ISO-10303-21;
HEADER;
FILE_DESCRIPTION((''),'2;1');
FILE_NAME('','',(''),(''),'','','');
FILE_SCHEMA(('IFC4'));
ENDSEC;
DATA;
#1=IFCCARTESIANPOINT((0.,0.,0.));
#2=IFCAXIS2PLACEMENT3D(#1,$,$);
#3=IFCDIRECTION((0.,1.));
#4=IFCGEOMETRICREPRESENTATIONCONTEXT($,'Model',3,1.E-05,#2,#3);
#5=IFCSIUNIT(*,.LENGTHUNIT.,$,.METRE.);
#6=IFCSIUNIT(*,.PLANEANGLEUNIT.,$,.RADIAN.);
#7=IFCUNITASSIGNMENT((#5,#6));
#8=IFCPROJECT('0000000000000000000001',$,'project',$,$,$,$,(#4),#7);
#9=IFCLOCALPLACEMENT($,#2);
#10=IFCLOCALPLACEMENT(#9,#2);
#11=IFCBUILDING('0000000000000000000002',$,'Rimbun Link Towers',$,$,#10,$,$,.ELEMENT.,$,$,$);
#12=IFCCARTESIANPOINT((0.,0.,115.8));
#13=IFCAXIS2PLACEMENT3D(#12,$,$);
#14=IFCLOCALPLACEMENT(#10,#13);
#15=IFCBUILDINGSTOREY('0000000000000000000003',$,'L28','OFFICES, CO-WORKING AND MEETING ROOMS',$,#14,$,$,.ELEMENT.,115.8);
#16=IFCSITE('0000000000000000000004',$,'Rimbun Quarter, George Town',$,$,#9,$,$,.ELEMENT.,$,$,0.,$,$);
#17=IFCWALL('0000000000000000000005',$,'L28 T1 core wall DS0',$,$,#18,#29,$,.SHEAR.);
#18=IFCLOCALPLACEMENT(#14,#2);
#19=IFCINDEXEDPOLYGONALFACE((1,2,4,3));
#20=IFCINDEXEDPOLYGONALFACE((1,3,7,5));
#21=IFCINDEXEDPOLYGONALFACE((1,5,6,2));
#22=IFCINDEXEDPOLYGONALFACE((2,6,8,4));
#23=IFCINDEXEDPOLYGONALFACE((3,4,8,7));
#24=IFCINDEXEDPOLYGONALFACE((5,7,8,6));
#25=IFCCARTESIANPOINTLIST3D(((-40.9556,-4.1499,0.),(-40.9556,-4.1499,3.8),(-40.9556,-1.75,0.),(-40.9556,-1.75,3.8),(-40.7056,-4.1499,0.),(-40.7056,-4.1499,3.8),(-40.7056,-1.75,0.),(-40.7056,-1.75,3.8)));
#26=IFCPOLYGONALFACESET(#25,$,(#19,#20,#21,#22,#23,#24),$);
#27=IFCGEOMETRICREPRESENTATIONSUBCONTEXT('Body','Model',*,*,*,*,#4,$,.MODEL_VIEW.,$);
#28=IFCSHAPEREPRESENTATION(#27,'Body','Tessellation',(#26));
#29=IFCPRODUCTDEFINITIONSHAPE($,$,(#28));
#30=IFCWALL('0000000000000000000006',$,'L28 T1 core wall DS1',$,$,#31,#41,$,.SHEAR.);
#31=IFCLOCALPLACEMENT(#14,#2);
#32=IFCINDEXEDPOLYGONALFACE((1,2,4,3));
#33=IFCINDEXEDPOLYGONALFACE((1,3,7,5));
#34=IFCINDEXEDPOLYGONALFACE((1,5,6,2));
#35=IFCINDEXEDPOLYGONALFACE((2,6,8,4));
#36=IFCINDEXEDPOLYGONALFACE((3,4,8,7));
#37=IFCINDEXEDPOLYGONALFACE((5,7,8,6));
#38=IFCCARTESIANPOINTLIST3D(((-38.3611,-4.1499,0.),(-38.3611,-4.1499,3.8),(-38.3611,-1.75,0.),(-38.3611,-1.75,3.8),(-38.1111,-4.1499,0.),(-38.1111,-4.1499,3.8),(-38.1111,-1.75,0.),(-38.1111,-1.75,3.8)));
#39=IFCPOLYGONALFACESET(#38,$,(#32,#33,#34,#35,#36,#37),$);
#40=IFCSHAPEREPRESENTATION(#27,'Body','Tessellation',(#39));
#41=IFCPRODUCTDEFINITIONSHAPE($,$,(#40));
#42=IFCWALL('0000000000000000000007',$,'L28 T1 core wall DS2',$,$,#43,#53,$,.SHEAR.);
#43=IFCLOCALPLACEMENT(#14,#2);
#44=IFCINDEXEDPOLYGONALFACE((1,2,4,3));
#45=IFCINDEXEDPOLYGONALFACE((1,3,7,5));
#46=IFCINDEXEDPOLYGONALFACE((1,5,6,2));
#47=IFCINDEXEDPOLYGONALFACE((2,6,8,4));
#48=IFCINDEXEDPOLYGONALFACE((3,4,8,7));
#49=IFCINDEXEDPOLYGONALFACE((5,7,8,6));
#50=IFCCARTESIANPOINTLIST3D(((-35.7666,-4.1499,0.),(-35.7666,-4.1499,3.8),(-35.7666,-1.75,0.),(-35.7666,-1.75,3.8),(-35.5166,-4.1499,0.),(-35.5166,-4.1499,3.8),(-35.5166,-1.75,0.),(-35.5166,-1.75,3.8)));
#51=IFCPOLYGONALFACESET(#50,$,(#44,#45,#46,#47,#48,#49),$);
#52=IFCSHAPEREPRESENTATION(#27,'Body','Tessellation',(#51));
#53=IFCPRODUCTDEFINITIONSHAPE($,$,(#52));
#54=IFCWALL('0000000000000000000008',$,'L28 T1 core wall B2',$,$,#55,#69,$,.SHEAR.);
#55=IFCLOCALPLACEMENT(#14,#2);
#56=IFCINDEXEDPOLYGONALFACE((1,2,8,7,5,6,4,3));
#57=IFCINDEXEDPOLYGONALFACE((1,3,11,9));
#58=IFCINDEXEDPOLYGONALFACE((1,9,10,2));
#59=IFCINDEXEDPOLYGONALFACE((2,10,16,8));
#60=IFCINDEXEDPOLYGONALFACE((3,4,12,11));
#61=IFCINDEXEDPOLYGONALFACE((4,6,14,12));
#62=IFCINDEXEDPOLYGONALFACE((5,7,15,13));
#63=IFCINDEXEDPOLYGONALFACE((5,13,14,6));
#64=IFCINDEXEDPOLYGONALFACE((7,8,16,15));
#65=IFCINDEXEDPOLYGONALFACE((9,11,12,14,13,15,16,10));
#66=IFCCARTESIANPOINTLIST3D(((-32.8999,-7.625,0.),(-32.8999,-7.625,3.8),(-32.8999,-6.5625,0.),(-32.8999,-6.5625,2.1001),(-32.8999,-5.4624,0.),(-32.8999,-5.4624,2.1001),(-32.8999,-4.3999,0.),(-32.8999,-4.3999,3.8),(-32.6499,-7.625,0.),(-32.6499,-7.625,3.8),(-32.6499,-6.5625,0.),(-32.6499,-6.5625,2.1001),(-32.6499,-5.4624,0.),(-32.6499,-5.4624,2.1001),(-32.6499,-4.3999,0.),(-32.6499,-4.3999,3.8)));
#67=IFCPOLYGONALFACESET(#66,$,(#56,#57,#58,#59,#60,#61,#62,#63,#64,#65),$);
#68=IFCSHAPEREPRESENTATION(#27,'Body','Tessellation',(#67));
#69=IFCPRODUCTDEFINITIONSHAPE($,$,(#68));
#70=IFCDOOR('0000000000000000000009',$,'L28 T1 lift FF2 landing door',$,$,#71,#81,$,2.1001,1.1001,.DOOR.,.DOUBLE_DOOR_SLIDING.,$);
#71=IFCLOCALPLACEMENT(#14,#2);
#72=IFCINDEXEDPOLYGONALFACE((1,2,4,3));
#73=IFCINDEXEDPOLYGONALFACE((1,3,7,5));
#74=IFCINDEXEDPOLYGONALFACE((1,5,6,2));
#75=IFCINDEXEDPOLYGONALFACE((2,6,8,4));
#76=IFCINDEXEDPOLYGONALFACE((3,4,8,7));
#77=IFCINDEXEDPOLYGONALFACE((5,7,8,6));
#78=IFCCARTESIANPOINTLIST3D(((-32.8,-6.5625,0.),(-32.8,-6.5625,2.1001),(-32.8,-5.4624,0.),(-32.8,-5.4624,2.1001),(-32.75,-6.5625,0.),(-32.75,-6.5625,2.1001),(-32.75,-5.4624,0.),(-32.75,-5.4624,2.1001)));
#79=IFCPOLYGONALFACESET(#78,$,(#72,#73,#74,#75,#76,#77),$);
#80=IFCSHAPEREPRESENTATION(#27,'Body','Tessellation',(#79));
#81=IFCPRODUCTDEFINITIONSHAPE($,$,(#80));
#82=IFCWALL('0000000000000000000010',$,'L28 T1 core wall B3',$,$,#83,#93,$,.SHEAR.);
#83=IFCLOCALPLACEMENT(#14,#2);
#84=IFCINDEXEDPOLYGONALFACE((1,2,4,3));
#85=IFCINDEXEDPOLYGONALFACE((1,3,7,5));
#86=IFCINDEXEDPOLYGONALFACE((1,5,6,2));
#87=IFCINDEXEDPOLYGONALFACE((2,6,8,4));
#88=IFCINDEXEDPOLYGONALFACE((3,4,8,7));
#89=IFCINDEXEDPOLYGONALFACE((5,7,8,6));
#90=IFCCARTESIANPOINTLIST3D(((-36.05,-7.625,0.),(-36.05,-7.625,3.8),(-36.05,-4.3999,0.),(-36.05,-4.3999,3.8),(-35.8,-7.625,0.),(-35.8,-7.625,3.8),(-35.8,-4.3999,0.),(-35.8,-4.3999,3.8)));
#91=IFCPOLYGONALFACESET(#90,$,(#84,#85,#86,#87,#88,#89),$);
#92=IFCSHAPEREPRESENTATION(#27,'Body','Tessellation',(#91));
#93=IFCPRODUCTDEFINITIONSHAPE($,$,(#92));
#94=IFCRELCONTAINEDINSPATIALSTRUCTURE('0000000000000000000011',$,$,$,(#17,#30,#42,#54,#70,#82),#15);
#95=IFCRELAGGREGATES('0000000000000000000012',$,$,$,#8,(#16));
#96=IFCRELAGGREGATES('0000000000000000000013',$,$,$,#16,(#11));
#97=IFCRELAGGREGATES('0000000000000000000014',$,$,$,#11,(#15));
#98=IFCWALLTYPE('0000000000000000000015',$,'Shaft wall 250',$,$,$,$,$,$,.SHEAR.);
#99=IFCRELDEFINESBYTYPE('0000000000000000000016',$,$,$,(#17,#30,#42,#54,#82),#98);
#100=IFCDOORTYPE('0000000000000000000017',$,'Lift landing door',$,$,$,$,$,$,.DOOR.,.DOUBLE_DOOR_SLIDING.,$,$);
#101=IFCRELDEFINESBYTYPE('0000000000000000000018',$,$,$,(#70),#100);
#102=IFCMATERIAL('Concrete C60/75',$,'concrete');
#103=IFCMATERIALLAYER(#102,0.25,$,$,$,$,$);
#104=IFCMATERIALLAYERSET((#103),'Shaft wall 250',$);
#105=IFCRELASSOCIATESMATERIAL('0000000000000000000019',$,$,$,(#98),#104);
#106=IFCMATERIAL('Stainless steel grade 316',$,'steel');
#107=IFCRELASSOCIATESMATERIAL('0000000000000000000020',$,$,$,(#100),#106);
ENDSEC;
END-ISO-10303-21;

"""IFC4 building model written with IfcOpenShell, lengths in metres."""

from ifc_helpers import new_model, si_unit, direction, frame, frame_2d, origin, place, context, subcontext, project, spatial, rectangle, extrude, material, layer, layer_set, type_object, element, fill, save


model = new_model("IFC4")

# Units and contexts
model_context = context("Model", 3, precision=1e-05, world=origin(), true_north=direction((0.0, 1.0)))
body_context = subcontext(model_context, "Body", "Model", "MODEL_VIEW")
ifc_project = project(units=[si_unit("LENGTHUNIT", "METRE"), si_unit("PLANEANGLEUNIT", "RADIAN")], contexts=[model_context])

# Site, building, storey
site_placement = place(None, origin())
site = spatial("IfcSite", under=ifc_project, at=site_placement, Name="Rimbun Quarter, George Town", CompositionType="ELEMENT", RefElevation=0.0)
building_placement = place(site_placement, origin())
building = spatial("IfcBuilding", under=site, at=building_placement, Name="Rimbun Link Towers", CompositionType="ELEMENT")
storey_placement = place(building_placement, frame((0.0, 0.0, 115.8)))
storey = spatial("IfcBuildingStorey", under=building, at=storey_placement, Name="L28", Description="OFFICES, CO-WORKING AND MEETING ROOMS", CompositionType="ELEMENT", Elevation=115.8)

# Walls
ifc_material_1 = material(Name="Concrete C60/75", Category="concrete")
ifc_layer_1 = layer(ifc_material_1, 0.25)
ifc_layer_set_1 = layer_set([ifc_layer_1], Name="Shaft wall 250")
wall_type_1 = type_object("IfcWallType", Name="Shaft wall 250", PredefinedType="SHEAR", material=ifc_layer_set_1)
for number, where, z_axis, x_axis, name in (
    (1, (-40.8306, -4.1499, 0.0), (0.0, 0.0, 1.0), (0.0, 1.0, 0.0), "L28 T1 core wall DS0"),
    (2, (-38.2361, -4.1499, 0.0), (0.0, 0.0, 1.0), (0.0, 1.0, 0.0), "L28 T1 core wall DS1"),
    (3, (-35.6416, -4.1499, 0.0), (0.0, 0.0, 1.0), (0.0, 1.0, 0.0), "L28 T1 core wall DS2"),
):
    element("IfcWall", number, at=place(storey_placement, frame(where, z_axis=z_axis, x_axis=x_axis)), inside=storey, type_object=wall_type_1, Name=name, PredefinedType="SHEAR", context=body_context, shape_type="SweptSolid", body=[
        extrude(rectangle(XDim=2.3999, YDim=0.25, at=frame_2d((1.2, 0.0))), origin(), (0.0, 0.0, 1.0), 3.8),
    ])

# Wall, opening, door
wall_1_placement = place(storey_placement, frame((-32.7749, -4.3999, 0.0), z_axis=(0.0, 0.0, 1.0), x_axis=(0.0, -1.0, 0.0)))
wall_1 = element("IfcWall", 4, at=wall_1_placement, inside=storey, type_object=wall_type_1, Name="L28 T1 core wall B2", PredefinedType="SHEAR", context=body_context, shape_type="SweptSolid", body=[
    extrude(rectangle(XDim=3.2251, YDim=0.25, at=frame_2d((1.6125, 0.0))), origin(), (0.0, 0.0, 1.0), 3.8),
])
opening_placement = place(wall_1_placement, frame((1.0625, 0.0, 0.0)))
opening = element("IfcOpeningElement", 5, at=opening_placement, cuts=wall_1, PredefinedType="OPENING", context=body_context, shape_type="SweptSolid", body=[
    extrude(rectangle(XDim=1.1001, YDim=2.1001, at=frame_2d((0.55, 1.05))), frame((0.0, 0.135, 0.0), z_axis=(0.0, -1.0, 0.0), x_axis=(1.0, 0.0, 0.0)), (0.0, 0.0, 1.0), 0.27),
])
ifc_material_2 = material(Name="Stainless steel grade 316", Category="steel")
door_type = type_object("IfcDoorType", Name="Lift landing door", OperationType="DOUBLE_DOOR_SLIDING", PredefinedType="DOOR", material=ifc_material_2)
door_placement = place(opening_placement, origin())
door = element("IfcDoor", 6, at=door_placement, inside=storey, type_object=door_type, Name="L28 T1 lift FF2 landing door", OperationType="DOUBLE_DOOR_SLIDING", OverallHeight=2.1001, OverallWidth=1.1001, PredefinedType="DOOR", context=body_context, shape_type="SweptSolid", body=[
    extrude(rectangle(XDim=1.1001, YDim=2.1001, at=frame_2d((0.55, 1.05))), frame((0.0, 0.0249, 0.0), z_axis=(0.0, -1.0, 0.0), x_axis=(1.0, 0.0, 0.0)), (0.0, 0.0, 1.0), 0.05),
])
fill(opening, door)

# Wall
wall_2_placement = place(storey_placement, frame((-35.925, -4.3999, 0.0), z_axis=(0.0, 0.0, 1.0), x_axis=(0.0, -1.0, 0.0)))
element("IfcWall", 7, at=wall_2_placement, inside=storey, type_object=wall_type_1, Name="L28 T1 core wall B3", PredefinedType="SHEAR", context=body_context, shape_type="SweptSolid", body=[
    extrude(rectangle(XDim=3.2251, YDim=0.25, at=frame_2d((1.6125, 0.0))), origin(), (0.0, 0.0, 1.0), 3.8),
])

save(model, "model.ifc")
